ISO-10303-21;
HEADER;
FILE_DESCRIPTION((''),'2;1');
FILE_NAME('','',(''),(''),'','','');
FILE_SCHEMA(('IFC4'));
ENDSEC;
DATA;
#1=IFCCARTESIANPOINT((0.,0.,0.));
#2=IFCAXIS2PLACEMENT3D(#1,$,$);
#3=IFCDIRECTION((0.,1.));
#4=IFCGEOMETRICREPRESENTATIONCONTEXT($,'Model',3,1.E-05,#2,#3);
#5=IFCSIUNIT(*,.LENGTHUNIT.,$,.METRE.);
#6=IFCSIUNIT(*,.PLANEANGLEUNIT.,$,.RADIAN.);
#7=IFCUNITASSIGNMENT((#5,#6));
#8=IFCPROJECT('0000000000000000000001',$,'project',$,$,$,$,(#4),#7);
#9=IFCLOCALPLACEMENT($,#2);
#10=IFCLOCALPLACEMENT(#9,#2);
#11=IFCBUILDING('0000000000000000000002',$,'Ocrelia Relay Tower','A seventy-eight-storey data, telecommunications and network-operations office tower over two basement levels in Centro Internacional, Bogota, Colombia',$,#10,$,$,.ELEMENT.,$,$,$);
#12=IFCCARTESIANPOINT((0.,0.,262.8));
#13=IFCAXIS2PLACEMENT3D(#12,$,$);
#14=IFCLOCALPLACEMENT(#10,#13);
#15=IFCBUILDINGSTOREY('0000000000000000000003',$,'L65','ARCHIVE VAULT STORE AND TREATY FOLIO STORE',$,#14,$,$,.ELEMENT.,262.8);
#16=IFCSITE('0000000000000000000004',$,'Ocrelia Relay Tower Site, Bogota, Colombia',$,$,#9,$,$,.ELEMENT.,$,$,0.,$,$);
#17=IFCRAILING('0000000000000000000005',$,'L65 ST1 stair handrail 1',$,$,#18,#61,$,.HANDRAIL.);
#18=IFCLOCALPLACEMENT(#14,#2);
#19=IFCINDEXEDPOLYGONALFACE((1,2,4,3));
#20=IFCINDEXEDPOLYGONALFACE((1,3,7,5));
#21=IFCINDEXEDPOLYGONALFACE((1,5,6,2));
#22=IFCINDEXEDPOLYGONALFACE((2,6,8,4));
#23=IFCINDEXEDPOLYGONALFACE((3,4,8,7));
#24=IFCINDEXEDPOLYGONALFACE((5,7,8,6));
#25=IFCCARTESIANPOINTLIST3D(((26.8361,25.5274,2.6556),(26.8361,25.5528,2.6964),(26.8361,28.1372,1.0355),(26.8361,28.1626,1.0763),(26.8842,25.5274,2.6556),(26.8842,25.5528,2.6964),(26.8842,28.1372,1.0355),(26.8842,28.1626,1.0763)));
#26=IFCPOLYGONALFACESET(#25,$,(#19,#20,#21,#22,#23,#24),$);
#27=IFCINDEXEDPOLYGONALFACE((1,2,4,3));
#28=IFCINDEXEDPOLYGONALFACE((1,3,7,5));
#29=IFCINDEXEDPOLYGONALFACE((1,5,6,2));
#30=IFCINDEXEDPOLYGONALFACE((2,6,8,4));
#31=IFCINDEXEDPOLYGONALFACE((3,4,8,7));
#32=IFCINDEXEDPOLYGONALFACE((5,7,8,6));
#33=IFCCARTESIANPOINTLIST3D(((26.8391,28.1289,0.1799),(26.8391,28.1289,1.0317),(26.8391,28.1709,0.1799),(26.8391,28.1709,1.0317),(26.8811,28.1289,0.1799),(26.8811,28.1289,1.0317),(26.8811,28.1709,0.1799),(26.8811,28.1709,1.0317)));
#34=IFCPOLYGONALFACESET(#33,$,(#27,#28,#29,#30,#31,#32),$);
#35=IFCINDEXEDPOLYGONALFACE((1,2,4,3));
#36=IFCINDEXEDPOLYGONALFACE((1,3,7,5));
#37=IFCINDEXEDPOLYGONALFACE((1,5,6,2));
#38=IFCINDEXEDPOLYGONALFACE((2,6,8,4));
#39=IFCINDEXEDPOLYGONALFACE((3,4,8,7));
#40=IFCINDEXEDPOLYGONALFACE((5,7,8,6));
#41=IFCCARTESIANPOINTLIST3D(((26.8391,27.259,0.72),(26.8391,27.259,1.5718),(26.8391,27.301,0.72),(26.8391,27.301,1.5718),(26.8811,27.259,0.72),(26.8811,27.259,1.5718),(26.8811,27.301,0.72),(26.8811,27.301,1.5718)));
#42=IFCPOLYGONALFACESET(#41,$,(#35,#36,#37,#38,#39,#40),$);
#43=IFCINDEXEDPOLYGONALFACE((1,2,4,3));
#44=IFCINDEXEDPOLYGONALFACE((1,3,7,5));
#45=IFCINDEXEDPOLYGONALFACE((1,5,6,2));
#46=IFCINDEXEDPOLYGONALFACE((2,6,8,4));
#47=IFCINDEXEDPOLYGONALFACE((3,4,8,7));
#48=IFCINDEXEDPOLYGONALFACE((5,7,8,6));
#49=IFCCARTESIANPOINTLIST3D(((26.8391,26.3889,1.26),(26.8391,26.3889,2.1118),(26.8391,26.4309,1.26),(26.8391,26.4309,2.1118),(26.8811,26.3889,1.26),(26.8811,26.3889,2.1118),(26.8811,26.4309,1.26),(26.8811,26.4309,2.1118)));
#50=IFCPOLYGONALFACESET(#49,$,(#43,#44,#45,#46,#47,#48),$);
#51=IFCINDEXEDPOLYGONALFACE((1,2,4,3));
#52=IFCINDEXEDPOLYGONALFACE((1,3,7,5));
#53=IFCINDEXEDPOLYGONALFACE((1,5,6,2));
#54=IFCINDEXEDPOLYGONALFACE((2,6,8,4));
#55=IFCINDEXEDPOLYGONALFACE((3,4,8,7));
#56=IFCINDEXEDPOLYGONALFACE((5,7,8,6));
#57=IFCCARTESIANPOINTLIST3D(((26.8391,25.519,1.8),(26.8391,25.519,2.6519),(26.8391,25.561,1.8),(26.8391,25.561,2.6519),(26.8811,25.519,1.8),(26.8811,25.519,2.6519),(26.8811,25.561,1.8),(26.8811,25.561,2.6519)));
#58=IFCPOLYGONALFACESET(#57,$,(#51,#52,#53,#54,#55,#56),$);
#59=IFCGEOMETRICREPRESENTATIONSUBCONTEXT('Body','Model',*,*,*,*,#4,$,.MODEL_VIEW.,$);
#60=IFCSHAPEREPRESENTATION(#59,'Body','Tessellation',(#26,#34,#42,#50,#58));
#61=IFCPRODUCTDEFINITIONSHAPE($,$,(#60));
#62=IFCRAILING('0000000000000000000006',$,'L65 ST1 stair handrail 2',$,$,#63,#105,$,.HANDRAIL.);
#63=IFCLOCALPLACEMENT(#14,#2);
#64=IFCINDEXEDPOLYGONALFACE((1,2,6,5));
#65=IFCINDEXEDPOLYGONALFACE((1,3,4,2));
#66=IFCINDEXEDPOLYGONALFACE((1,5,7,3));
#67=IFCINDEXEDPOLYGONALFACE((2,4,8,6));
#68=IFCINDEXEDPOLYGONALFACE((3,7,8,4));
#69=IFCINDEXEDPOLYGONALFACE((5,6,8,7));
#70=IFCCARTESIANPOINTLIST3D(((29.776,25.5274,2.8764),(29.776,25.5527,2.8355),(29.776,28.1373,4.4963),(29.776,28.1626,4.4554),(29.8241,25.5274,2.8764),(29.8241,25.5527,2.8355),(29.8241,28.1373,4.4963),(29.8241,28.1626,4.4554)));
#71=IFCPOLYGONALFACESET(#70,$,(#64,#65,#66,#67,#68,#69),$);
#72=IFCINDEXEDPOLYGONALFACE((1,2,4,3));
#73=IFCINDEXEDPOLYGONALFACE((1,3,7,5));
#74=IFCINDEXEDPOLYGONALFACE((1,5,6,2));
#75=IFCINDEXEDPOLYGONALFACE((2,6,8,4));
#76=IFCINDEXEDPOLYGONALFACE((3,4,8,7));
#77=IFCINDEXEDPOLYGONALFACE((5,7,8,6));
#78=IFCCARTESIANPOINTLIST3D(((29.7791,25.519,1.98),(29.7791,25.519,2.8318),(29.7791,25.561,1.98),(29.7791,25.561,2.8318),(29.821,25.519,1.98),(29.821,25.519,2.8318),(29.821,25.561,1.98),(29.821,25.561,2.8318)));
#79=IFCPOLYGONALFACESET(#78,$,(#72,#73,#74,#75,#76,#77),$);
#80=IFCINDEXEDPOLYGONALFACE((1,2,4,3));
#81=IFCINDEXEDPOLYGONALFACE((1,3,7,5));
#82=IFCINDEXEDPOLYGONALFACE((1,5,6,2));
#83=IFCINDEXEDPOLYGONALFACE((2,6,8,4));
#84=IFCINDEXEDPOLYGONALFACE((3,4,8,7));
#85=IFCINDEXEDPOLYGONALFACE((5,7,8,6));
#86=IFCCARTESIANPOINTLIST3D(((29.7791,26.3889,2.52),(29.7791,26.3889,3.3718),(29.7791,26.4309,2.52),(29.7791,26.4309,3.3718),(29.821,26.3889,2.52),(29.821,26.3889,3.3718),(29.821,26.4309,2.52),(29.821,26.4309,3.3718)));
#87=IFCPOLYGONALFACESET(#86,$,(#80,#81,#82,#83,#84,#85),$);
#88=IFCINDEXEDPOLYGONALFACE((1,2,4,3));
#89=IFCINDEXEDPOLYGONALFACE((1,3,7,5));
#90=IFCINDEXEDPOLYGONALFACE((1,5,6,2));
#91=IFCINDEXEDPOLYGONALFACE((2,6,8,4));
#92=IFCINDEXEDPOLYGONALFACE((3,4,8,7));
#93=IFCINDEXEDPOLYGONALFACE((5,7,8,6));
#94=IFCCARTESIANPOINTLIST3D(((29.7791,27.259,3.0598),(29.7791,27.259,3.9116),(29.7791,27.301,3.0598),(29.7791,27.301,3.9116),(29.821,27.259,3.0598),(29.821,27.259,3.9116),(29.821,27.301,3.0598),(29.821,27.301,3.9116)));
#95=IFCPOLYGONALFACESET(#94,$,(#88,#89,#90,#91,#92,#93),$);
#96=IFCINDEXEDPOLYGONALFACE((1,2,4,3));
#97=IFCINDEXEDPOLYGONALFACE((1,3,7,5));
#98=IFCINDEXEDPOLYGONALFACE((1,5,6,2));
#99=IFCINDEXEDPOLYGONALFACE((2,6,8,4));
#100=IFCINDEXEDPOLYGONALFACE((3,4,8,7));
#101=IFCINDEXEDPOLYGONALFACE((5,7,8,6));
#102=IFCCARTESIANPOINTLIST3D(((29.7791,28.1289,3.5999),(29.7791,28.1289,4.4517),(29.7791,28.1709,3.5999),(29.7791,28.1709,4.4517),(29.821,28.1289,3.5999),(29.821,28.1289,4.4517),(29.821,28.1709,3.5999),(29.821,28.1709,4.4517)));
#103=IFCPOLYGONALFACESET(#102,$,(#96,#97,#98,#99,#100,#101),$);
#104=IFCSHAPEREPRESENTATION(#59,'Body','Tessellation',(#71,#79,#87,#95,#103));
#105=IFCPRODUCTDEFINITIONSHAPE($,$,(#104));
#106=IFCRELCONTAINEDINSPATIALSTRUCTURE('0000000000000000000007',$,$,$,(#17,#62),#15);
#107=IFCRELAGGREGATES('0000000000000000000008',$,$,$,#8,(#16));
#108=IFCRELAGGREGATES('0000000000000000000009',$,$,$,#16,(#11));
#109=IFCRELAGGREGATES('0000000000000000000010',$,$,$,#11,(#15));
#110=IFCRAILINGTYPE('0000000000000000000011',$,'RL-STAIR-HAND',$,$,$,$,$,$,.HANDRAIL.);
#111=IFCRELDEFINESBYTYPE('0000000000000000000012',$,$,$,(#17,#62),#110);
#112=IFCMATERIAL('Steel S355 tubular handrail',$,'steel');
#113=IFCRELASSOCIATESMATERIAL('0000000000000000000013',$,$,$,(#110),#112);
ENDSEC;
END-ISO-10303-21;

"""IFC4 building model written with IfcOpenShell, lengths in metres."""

from ifc_helpers import new_model, si_unit, direction, frame, origin, origin_2d, place, context, subcontext, project, spatial, rectangle, extrude, material, type_object, element, save


model = new_model("IFC4")

# Units and contexts
model_context = context("Model", 3, precision=1e-05, world=origin(), true_north=direction((0.0, 1.0)))
body_context = subcontext(model_context, "Body", "Model", "MODEL_VIEW")
ifc_project = project(units=[si_unit("LENGTHUNIT", "METRE"), si_unit("PLANEANGLEUNIT", "RADIAN")], contexts=[model_context])

# Site, building, storey
site_placement = place(None, origin())
site = spatial("IfcSite", under=ifc_project, at=site_placement, Name="Ocrelia Relay Tower Site, Bogota, Colombia", CompositionType="ELEMENT", RefElevation=0.0)
building_placement = place(site_placement, origin())
building = spatial("IfcBuilding", under=site, at=building_placement, Name="Ocrelia Relay Tower", Description="A seventy-eight-storey data, telecommunications and network-operations office tower over two basement levels in Centro Internacional, Bogota, Colombia", CompositionType="ELEMENT")
storey_placement = place(building_placement, frame((0.0, 0.0, 262.8)))
storey = spatial("IfcBuildingStorey", under=building, at=storey_placement, Name="L65", Description="ARCHIVE VAULT STORE AND TREATY FOLIO STORE", CompositionType="ELEMENT", Elevation=262.8)

# Railings
ifc_material_1 = material(Name="Steel S355 tubular handrail", Category="steel")
railing_type_1 = type_object("IfcRailingType", Name="RL-STAIR-HAND", PredefinedType="HANDRAIL", material=ifc_material_1)
railing_1_placement = place(storey_placement, frame((26.8601, 28.1499, 0.1799)))
element("IfcRailing", 1, at=railing_1_placement, inside=storey, type_object=railing_type_1, Name="L65 ST1 stair handrail 1", PredefinedType="HANDRAIL", context=body_context, shape_type="SweptSolid", body=[
    extrude(rectangle(XDim=0.0481, YDim=0.0481, at=origin_2d()), frame((0.0, 0.0, 0.876), z_axis=(0.0, -0.849611, 0.52741), x_axis=(1.0, 0.0, 0.0)), (0.0, 0.0, 1.0), 3.0718),
    extrude(rectangle(XDim=0.042, YDim=0.042, at=origin_2d()), origin(), (0.0, 0.0, 1.0), 0.8518),
    extrude(rectangle(XDim=0.042, YDim=0.042, at=origin_2d()), frame((0.0, -0.8699, 0.54)), (0.0, 0.0, 1.0), 0.8518),
    extrude(rectangle(XDim=0.042, YDim=0.042, at=origin_2d()), frame((0.0, -1.74, 1.0801)), (0.0, 0.0, 1.0), 0.8518),
    extrude(rectangle(XDim=0.042, YDim=0.042, at=origin_2d()), frame((0.0, -2.6099, 1.6201)), (0.0, 0.0, 1.0), 0.8518),
])
railing_2_placement = place(storey_placement, frame((29.8, 25.54, 1.98)))
element("IfcRailing", 2, at=railing_2_placement, inside=storey, type_object=railing_type_1, Name="L65 ST1 stair handrail 2", PredefinedType="HANDRAIL", context=body_context, shape_type="SweptSolid", body=[
    extrude(rectangle(XDim=0.0481, YDim=0.0481, at=origin_2d()), frame((0.0, 0.0, 0.876), z_axis=(0.0, 0.849646, 0.527353), x_axis=(-1.0, 0.0, 0.0)), (0.0, 0.0, 1.0), 3.0718),
    extrude(rectangle(XDim=0.042, YDim=0.042, at=origin_2d()), origin(), (0.0, 0.0, 1.0), 0.8518),
    extrude(rectangle(XDim=0.042, YDim=0.042, at=origin_2d()), frame((0.0, 0.8699, 0.54)), (0.0, 0.0, 1.0), 0.8518),
    extrude(rectangle(XDim=0.042, YDim=0.042, at=origin_2d()), frame((0.0, 1.74, 1.0798)), (0.0, 0.0, 1.0), 0.8518),
    extrude(rectangle(XDim=0.042, YDim=0.042, at=origin_2d()), frame((0.0, 2.6099, 1.6199)), (0.0, 0.0, 1.0), 0.8518),
])

save(model, "model.ifc")
